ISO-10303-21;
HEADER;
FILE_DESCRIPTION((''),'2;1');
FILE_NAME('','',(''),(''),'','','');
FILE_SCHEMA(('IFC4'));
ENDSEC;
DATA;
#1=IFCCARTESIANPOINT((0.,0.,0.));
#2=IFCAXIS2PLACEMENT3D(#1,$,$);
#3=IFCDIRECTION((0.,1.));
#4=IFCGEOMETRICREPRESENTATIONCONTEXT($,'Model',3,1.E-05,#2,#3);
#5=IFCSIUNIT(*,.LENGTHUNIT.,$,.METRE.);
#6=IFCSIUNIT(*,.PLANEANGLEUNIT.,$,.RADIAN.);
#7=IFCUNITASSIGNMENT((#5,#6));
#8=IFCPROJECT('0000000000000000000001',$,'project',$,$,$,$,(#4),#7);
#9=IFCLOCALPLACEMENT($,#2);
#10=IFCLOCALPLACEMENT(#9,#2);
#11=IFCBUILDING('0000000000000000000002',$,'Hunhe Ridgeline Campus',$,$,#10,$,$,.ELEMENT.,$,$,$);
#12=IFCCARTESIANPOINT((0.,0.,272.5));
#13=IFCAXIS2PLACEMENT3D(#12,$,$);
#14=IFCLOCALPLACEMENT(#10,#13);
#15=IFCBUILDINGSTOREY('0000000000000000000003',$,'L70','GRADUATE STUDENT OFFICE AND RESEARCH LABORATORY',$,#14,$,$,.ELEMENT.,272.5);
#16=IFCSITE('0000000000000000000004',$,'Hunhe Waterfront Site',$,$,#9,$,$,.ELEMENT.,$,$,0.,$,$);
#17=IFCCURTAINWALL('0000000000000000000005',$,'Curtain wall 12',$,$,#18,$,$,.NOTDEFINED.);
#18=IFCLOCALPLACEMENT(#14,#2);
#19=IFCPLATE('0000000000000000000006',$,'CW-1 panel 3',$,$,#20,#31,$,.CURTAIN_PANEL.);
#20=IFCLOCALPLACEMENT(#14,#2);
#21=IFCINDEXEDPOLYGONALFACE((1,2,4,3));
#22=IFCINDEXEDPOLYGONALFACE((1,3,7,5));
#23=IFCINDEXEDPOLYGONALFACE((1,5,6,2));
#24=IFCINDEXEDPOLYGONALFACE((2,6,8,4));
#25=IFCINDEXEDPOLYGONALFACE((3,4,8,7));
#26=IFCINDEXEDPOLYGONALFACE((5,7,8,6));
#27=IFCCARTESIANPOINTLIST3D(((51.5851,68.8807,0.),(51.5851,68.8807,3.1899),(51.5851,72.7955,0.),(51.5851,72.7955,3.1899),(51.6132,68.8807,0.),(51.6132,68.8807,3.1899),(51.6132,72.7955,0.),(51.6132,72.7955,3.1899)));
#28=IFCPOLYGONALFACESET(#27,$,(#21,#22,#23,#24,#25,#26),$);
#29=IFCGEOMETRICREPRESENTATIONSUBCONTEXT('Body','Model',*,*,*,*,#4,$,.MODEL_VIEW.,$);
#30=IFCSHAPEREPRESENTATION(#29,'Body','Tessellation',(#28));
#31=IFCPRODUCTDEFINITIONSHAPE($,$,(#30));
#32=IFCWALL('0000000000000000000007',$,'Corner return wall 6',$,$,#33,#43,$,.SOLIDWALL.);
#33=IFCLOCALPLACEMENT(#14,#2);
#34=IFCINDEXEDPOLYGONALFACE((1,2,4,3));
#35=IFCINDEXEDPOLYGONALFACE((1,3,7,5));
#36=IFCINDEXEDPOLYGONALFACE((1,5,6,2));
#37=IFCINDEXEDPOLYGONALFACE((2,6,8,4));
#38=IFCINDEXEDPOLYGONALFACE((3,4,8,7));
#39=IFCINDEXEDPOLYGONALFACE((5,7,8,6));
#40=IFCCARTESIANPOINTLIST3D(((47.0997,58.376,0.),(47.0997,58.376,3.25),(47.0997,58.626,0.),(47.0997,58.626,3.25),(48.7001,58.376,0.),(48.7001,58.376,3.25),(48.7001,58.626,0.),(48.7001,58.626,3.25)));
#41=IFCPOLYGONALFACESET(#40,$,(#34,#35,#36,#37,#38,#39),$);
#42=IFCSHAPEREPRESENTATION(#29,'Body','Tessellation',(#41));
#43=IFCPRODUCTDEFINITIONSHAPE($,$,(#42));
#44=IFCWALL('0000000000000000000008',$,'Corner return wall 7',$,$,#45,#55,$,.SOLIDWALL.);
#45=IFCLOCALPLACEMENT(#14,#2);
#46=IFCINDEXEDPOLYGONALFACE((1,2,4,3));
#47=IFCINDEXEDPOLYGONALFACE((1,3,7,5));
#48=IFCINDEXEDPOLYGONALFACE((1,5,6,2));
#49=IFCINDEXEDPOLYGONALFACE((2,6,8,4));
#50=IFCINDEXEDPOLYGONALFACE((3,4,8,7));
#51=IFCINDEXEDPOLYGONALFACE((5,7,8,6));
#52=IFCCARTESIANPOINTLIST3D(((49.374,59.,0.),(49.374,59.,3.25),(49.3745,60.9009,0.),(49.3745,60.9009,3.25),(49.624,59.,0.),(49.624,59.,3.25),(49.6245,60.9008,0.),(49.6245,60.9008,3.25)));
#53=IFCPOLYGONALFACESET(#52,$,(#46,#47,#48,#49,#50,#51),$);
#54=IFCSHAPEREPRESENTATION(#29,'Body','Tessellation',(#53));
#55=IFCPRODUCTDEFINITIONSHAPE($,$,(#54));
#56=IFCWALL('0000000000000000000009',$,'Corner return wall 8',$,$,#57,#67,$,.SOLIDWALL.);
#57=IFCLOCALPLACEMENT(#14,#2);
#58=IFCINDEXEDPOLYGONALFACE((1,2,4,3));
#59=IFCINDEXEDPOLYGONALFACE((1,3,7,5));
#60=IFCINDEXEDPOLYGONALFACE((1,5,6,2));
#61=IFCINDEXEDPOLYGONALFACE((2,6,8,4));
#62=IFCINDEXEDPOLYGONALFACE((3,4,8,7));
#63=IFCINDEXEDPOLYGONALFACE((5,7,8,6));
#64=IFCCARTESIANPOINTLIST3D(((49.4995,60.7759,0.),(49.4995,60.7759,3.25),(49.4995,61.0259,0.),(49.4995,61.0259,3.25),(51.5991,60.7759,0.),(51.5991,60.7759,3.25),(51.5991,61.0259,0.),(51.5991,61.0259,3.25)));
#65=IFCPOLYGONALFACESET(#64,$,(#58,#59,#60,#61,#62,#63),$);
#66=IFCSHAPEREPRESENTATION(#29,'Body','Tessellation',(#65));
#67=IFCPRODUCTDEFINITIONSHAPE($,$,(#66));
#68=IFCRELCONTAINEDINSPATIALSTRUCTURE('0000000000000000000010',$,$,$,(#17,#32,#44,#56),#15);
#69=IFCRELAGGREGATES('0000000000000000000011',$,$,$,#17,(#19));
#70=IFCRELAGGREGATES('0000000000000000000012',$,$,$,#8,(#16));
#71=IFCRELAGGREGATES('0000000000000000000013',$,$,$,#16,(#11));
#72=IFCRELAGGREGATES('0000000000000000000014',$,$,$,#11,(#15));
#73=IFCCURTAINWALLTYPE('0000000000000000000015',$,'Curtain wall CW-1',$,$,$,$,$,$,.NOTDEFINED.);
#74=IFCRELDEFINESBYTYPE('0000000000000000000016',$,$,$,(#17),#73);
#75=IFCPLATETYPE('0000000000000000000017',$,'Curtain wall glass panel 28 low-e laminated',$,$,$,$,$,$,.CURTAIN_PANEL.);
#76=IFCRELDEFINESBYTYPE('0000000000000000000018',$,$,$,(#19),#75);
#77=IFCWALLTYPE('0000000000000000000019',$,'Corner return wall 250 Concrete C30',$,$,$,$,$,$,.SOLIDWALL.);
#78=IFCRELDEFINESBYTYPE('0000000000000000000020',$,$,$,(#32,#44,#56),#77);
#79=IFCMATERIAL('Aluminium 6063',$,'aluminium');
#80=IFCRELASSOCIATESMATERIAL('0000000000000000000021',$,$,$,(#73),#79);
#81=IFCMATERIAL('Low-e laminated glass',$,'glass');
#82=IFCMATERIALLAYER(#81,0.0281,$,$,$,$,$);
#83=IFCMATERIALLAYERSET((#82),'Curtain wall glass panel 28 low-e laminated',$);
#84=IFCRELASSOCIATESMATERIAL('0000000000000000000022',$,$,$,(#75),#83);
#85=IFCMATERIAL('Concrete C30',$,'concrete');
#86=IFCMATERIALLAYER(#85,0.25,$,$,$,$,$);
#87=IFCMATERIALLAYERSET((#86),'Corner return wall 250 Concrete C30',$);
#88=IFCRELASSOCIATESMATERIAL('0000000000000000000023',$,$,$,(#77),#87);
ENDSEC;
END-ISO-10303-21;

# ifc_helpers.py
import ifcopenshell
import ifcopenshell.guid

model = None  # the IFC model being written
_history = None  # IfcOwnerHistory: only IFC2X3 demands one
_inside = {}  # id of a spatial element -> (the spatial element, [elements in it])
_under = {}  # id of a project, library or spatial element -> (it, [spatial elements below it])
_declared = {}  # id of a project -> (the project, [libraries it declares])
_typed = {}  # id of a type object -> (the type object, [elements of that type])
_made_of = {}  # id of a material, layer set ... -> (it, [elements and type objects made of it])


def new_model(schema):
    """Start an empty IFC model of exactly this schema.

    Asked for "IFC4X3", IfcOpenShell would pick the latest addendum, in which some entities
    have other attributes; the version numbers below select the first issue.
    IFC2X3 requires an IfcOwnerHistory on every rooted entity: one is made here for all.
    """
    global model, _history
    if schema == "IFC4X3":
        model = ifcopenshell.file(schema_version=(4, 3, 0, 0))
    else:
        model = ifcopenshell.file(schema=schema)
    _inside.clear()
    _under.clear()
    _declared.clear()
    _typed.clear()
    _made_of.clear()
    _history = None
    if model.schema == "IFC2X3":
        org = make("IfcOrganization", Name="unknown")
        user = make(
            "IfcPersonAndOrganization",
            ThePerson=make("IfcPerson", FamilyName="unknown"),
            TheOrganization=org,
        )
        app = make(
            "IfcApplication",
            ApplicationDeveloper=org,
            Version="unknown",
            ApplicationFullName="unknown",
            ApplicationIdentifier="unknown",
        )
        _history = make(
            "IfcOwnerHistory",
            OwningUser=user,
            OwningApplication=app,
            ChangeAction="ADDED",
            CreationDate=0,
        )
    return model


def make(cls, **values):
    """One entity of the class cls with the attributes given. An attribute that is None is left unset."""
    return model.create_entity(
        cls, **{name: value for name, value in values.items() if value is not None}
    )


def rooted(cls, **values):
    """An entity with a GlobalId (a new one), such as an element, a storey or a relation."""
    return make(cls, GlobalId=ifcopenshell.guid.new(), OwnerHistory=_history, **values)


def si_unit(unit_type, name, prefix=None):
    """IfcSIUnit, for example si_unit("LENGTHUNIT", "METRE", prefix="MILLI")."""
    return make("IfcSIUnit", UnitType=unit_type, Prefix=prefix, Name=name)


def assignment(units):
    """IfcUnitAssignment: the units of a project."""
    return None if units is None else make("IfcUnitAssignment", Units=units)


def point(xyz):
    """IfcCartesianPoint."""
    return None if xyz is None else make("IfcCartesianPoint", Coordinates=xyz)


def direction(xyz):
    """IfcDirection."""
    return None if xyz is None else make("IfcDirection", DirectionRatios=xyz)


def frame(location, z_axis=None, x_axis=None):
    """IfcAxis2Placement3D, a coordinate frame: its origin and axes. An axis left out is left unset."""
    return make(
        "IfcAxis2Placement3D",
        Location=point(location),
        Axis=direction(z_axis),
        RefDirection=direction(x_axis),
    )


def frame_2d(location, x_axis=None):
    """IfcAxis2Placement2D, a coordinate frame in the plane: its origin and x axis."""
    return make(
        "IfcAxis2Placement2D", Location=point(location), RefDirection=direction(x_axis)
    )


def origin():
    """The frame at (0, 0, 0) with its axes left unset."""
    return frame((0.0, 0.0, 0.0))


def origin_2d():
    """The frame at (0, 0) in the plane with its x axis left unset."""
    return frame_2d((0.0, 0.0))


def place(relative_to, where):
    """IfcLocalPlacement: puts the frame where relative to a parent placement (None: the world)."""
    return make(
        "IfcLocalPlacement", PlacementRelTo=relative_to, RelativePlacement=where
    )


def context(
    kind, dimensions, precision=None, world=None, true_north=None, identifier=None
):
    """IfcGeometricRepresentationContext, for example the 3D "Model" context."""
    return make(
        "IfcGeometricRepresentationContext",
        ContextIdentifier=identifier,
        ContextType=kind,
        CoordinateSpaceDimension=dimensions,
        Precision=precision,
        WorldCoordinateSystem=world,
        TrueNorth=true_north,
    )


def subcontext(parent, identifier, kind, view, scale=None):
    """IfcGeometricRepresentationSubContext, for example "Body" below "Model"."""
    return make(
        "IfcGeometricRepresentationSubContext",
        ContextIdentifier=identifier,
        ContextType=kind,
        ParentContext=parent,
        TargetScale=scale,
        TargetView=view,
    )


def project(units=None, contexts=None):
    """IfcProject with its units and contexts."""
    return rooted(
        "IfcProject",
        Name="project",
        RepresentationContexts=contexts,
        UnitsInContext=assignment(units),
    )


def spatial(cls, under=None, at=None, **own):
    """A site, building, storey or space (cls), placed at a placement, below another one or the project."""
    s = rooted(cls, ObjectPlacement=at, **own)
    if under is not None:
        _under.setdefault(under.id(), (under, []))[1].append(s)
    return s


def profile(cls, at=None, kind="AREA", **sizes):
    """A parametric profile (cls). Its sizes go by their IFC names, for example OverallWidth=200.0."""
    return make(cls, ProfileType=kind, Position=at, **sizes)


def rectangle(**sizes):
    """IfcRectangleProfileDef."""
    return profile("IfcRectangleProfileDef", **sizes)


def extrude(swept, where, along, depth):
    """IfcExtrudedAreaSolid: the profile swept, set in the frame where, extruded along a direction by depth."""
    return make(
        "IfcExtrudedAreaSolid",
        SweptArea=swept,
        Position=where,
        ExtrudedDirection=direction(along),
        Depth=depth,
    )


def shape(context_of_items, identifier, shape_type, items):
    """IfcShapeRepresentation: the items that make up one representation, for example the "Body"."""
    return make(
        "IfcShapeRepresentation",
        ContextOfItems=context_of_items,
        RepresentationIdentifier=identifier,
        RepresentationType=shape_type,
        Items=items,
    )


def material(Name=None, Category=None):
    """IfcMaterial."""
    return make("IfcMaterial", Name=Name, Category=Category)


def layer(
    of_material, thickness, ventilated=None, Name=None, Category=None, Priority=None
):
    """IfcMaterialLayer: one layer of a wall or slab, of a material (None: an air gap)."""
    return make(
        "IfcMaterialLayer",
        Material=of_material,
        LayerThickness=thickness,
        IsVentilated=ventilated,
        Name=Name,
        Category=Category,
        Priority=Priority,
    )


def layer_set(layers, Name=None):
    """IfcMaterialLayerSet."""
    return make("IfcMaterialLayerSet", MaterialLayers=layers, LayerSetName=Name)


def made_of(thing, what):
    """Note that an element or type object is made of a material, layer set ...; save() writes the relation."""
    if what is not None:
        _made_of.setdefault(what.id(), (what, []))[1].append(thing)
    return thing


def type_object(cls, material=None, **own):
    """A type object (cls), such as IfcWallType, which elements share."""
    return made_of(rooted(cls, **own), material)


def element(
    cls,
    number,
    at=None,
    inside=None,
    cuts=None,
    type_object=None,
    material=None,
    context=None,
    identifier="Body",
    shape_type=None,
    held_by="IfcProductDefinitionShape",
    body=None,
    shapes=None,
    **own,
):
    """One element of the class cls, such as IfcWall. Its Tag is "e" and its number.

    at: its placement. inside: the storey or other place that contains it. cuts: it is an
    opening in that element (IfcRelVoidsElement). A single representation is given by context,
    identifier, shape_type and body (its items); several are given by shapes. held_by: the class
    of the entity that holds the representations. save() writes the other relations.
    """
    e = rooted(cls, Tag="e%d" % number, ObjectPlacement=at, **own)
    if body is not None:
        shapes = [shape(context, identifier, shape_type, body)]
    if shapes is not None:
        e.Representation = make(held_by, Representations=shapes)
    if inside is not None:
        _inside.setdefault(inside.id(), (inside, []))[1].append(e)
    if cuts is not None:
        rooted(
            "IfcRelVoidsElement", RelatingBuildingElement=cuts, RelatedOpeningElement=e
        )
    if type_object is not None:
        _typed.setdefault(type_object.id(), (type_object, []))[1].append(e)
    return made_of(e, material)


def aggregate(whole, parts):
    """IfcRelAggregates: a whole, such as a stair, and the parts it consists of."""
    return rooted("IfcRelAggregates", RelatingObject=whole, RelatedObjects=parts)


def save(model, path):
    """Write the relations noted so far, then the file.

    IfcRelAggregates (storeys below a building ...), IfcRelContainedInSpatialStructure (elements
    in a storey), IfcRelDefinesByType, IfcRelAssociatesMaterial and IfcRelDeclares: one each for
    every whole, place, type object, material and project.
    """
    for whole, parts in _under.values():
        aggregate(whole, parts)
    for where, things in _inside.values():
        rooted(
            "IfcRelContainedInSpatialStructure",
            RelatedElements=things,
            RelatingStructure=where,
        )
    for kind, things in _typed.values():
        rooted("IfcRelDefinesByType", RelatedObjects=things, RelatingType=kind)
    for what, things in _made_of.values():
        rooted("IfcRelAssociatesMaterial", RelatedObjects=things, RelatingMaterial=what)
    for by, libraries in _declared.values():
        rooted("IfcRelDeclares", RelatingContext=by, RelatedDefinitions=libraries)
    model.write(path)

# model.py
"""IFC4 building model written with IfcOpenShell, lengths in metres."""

from ifc_helpers import new_model, si_unit, direction, frame, frame_2d, origin, origin_2d, place, context, subcontext, project, spatial, rectangle, extrude, material, layer, layer_set, type_object, element, aggregate, save


model = new_model("IFC4")

# Units and contexts
model_context = context("Model", 3, precision=1e-05, world=origin(), true_north=direction((0.0, 1.0)))
body_context = subcontext(model_context, "Body", "Model", "MODEL_VIEW")
ifc_project = project(units=[si_unit("LENGTHUNIT", "METRE"), si_unit("PLANEANGLEUNIT", "RADIAN")], contexts=[model_context])

# Site, building, storey
site_placement = place(None, origin())
site = spatial("IfcSite", under=ifc_project, at=site_placement, Name="Hunhe Waterfront Site", CompositionType="ELEMENT", RefElevation=0.0)
building_placement = place(site_placement, origin())
building = spatial("IfcBuilding", under=site, at=building_placement, Name="Hunhe Ridgeline Campus", CompositionType="ELEMENT")
storey_placement = place(building_placement, frame((0.0, 0.0, 272.5)))
storey = spatial("IfcBuildingStorey", under=building, at=storey_placement, Name="L70", Description="GRADUATE STUDENT OFFICE AND RESEARCH LABORATORY", CompositionType="ELEMENT", Elevation=272.5)

# Curtain wall
ifc_material_1 = material(Name="Aluminium 6063", Category="aluminium")
curtain_wall_type = type_object("IfcCurtainWallType", Name="Curtain wall CW-1", PredefinedType="NOTDEFINED", material=ifc_material_1)
curtain_wall_placement = place(storey_placement, origin())
curtain_wall = element("IfcCurtainWall", 1, at=curtain_wall_placement, inside=storey, type_object=curtain_wall_type, Name="Curtain wall 12", PredefinedType="NOTDEFINED")

# Plate
ifc_material_2 = material(Name="Low-e laminated glass", Category="glass")
ifc_layer_1 = layer(ifc_material_2, 0.0281)
ifc_layer_set_1 = layer_set([ifc_layer_1], Name="Curtain wall glass panel 28 low-e laminated")
plate_type = type_object("IfcPlateType", Name="Curtain wall glass panel 28 low-e laminated", PredefinedType="CURTAIN_PANEL", material=ifc_layer_set_1)
plate_1_placement = place(storey_placement, frame((51.5991, 70.8381, 0.0), z_axis=(0.0, 0.0, 1.0), x_axis=(0.0, 1.0, 0.0)))
plate_1 = element("IfcPlate", 2, at=plate_1_placement, type_object=plate_type, Name="CW-1 panel 3", PredefinedType="CURTAIN_PANEL", context=body_context, shape_type="SweptSolid", body=[
    extrude(rectangle(XDim=3.9148, YDim=0.0281, at=origin_2d()), origin(), (0.0, 0.0, 1.0), 3.1899),
])
aggregate(curtain_wall, [plate_1])

# Walls
ifc_material_3 = material(Name="Concrete C30", Category="concrete")
ifc_layer_2 = layer(ifc_material_3, 0.25)
ifc_layer_set_2 = layer_set([ifc_layer_2], Name="Corner return wall 250 Concrete C30")
wall_type = type_object("IfcWallType", Name="Corner return wall 250 Concrete C30", PredefinedType="SOLIDWALL", material=ifc_layer_set_2)
wall_1_placement = place(storey_placement, frame((47.0996, 58.501, 0.0), z_axis=(0.0, 0.0, 1.0), x_axis=(1.0, 0.0, 0.0)))
element("IfcWall", 3, at=wall_1_placement, inside=storey, type_object=wall_type, Name="Corner return wall 6", PredefinedType="SOLIDWALL", context=body_context, shape_type="SweptSolid", body=[
    extrude(rectangle(XDim=1.6003, YDim=0.25, at=frame_2d((0.8003, 0.0))), origin(), (0.0, 0.0, 1.0), 3.25),
])
wall_2_placement = place(storey_placement, frame((49.499, 59.0, 0.0), z_axis=(0.0, 0.0, 1.0), x_axis=(0.000257, 1.0, 0.0)))
element("IfcWall", 4, at=wall_2_placement, inside=storey, type_object=wall_type, Name="Corner return wall 7", PredefinedType="SOLIDWALL", context=body_context, shape_type="SweptSolid", body=[
    extrude(rectangle(XDim=1.9009, YDim=0.25, at=frame_2d((0.9504, 0.0))), origin(), (0.0, 0.0, 1.0), 3.25),
])
wall_3_placement = place(storey_placement, frame((49.4995, 60.9009, 0.0), z_axis=(0.0, 0.0, 1.0), x_axis=(1.0, 0.0, 0.0)))
element("IfcWall", 5, at=wall_3_placement, inside=storey, type_object=wall_type, Name="Corner return wall 8", PredefinedType="SOLIDWALL", context=body_context, shape_type="SweptSolid", body=[
    extrude(rectangle(XDim=2.0996, YDim=0.25, at=frame_2d((1.0498, 0.0))), origin(), (0.0, 0.0, 1.0), 3.25),
])

save(model, "model.ifc")
